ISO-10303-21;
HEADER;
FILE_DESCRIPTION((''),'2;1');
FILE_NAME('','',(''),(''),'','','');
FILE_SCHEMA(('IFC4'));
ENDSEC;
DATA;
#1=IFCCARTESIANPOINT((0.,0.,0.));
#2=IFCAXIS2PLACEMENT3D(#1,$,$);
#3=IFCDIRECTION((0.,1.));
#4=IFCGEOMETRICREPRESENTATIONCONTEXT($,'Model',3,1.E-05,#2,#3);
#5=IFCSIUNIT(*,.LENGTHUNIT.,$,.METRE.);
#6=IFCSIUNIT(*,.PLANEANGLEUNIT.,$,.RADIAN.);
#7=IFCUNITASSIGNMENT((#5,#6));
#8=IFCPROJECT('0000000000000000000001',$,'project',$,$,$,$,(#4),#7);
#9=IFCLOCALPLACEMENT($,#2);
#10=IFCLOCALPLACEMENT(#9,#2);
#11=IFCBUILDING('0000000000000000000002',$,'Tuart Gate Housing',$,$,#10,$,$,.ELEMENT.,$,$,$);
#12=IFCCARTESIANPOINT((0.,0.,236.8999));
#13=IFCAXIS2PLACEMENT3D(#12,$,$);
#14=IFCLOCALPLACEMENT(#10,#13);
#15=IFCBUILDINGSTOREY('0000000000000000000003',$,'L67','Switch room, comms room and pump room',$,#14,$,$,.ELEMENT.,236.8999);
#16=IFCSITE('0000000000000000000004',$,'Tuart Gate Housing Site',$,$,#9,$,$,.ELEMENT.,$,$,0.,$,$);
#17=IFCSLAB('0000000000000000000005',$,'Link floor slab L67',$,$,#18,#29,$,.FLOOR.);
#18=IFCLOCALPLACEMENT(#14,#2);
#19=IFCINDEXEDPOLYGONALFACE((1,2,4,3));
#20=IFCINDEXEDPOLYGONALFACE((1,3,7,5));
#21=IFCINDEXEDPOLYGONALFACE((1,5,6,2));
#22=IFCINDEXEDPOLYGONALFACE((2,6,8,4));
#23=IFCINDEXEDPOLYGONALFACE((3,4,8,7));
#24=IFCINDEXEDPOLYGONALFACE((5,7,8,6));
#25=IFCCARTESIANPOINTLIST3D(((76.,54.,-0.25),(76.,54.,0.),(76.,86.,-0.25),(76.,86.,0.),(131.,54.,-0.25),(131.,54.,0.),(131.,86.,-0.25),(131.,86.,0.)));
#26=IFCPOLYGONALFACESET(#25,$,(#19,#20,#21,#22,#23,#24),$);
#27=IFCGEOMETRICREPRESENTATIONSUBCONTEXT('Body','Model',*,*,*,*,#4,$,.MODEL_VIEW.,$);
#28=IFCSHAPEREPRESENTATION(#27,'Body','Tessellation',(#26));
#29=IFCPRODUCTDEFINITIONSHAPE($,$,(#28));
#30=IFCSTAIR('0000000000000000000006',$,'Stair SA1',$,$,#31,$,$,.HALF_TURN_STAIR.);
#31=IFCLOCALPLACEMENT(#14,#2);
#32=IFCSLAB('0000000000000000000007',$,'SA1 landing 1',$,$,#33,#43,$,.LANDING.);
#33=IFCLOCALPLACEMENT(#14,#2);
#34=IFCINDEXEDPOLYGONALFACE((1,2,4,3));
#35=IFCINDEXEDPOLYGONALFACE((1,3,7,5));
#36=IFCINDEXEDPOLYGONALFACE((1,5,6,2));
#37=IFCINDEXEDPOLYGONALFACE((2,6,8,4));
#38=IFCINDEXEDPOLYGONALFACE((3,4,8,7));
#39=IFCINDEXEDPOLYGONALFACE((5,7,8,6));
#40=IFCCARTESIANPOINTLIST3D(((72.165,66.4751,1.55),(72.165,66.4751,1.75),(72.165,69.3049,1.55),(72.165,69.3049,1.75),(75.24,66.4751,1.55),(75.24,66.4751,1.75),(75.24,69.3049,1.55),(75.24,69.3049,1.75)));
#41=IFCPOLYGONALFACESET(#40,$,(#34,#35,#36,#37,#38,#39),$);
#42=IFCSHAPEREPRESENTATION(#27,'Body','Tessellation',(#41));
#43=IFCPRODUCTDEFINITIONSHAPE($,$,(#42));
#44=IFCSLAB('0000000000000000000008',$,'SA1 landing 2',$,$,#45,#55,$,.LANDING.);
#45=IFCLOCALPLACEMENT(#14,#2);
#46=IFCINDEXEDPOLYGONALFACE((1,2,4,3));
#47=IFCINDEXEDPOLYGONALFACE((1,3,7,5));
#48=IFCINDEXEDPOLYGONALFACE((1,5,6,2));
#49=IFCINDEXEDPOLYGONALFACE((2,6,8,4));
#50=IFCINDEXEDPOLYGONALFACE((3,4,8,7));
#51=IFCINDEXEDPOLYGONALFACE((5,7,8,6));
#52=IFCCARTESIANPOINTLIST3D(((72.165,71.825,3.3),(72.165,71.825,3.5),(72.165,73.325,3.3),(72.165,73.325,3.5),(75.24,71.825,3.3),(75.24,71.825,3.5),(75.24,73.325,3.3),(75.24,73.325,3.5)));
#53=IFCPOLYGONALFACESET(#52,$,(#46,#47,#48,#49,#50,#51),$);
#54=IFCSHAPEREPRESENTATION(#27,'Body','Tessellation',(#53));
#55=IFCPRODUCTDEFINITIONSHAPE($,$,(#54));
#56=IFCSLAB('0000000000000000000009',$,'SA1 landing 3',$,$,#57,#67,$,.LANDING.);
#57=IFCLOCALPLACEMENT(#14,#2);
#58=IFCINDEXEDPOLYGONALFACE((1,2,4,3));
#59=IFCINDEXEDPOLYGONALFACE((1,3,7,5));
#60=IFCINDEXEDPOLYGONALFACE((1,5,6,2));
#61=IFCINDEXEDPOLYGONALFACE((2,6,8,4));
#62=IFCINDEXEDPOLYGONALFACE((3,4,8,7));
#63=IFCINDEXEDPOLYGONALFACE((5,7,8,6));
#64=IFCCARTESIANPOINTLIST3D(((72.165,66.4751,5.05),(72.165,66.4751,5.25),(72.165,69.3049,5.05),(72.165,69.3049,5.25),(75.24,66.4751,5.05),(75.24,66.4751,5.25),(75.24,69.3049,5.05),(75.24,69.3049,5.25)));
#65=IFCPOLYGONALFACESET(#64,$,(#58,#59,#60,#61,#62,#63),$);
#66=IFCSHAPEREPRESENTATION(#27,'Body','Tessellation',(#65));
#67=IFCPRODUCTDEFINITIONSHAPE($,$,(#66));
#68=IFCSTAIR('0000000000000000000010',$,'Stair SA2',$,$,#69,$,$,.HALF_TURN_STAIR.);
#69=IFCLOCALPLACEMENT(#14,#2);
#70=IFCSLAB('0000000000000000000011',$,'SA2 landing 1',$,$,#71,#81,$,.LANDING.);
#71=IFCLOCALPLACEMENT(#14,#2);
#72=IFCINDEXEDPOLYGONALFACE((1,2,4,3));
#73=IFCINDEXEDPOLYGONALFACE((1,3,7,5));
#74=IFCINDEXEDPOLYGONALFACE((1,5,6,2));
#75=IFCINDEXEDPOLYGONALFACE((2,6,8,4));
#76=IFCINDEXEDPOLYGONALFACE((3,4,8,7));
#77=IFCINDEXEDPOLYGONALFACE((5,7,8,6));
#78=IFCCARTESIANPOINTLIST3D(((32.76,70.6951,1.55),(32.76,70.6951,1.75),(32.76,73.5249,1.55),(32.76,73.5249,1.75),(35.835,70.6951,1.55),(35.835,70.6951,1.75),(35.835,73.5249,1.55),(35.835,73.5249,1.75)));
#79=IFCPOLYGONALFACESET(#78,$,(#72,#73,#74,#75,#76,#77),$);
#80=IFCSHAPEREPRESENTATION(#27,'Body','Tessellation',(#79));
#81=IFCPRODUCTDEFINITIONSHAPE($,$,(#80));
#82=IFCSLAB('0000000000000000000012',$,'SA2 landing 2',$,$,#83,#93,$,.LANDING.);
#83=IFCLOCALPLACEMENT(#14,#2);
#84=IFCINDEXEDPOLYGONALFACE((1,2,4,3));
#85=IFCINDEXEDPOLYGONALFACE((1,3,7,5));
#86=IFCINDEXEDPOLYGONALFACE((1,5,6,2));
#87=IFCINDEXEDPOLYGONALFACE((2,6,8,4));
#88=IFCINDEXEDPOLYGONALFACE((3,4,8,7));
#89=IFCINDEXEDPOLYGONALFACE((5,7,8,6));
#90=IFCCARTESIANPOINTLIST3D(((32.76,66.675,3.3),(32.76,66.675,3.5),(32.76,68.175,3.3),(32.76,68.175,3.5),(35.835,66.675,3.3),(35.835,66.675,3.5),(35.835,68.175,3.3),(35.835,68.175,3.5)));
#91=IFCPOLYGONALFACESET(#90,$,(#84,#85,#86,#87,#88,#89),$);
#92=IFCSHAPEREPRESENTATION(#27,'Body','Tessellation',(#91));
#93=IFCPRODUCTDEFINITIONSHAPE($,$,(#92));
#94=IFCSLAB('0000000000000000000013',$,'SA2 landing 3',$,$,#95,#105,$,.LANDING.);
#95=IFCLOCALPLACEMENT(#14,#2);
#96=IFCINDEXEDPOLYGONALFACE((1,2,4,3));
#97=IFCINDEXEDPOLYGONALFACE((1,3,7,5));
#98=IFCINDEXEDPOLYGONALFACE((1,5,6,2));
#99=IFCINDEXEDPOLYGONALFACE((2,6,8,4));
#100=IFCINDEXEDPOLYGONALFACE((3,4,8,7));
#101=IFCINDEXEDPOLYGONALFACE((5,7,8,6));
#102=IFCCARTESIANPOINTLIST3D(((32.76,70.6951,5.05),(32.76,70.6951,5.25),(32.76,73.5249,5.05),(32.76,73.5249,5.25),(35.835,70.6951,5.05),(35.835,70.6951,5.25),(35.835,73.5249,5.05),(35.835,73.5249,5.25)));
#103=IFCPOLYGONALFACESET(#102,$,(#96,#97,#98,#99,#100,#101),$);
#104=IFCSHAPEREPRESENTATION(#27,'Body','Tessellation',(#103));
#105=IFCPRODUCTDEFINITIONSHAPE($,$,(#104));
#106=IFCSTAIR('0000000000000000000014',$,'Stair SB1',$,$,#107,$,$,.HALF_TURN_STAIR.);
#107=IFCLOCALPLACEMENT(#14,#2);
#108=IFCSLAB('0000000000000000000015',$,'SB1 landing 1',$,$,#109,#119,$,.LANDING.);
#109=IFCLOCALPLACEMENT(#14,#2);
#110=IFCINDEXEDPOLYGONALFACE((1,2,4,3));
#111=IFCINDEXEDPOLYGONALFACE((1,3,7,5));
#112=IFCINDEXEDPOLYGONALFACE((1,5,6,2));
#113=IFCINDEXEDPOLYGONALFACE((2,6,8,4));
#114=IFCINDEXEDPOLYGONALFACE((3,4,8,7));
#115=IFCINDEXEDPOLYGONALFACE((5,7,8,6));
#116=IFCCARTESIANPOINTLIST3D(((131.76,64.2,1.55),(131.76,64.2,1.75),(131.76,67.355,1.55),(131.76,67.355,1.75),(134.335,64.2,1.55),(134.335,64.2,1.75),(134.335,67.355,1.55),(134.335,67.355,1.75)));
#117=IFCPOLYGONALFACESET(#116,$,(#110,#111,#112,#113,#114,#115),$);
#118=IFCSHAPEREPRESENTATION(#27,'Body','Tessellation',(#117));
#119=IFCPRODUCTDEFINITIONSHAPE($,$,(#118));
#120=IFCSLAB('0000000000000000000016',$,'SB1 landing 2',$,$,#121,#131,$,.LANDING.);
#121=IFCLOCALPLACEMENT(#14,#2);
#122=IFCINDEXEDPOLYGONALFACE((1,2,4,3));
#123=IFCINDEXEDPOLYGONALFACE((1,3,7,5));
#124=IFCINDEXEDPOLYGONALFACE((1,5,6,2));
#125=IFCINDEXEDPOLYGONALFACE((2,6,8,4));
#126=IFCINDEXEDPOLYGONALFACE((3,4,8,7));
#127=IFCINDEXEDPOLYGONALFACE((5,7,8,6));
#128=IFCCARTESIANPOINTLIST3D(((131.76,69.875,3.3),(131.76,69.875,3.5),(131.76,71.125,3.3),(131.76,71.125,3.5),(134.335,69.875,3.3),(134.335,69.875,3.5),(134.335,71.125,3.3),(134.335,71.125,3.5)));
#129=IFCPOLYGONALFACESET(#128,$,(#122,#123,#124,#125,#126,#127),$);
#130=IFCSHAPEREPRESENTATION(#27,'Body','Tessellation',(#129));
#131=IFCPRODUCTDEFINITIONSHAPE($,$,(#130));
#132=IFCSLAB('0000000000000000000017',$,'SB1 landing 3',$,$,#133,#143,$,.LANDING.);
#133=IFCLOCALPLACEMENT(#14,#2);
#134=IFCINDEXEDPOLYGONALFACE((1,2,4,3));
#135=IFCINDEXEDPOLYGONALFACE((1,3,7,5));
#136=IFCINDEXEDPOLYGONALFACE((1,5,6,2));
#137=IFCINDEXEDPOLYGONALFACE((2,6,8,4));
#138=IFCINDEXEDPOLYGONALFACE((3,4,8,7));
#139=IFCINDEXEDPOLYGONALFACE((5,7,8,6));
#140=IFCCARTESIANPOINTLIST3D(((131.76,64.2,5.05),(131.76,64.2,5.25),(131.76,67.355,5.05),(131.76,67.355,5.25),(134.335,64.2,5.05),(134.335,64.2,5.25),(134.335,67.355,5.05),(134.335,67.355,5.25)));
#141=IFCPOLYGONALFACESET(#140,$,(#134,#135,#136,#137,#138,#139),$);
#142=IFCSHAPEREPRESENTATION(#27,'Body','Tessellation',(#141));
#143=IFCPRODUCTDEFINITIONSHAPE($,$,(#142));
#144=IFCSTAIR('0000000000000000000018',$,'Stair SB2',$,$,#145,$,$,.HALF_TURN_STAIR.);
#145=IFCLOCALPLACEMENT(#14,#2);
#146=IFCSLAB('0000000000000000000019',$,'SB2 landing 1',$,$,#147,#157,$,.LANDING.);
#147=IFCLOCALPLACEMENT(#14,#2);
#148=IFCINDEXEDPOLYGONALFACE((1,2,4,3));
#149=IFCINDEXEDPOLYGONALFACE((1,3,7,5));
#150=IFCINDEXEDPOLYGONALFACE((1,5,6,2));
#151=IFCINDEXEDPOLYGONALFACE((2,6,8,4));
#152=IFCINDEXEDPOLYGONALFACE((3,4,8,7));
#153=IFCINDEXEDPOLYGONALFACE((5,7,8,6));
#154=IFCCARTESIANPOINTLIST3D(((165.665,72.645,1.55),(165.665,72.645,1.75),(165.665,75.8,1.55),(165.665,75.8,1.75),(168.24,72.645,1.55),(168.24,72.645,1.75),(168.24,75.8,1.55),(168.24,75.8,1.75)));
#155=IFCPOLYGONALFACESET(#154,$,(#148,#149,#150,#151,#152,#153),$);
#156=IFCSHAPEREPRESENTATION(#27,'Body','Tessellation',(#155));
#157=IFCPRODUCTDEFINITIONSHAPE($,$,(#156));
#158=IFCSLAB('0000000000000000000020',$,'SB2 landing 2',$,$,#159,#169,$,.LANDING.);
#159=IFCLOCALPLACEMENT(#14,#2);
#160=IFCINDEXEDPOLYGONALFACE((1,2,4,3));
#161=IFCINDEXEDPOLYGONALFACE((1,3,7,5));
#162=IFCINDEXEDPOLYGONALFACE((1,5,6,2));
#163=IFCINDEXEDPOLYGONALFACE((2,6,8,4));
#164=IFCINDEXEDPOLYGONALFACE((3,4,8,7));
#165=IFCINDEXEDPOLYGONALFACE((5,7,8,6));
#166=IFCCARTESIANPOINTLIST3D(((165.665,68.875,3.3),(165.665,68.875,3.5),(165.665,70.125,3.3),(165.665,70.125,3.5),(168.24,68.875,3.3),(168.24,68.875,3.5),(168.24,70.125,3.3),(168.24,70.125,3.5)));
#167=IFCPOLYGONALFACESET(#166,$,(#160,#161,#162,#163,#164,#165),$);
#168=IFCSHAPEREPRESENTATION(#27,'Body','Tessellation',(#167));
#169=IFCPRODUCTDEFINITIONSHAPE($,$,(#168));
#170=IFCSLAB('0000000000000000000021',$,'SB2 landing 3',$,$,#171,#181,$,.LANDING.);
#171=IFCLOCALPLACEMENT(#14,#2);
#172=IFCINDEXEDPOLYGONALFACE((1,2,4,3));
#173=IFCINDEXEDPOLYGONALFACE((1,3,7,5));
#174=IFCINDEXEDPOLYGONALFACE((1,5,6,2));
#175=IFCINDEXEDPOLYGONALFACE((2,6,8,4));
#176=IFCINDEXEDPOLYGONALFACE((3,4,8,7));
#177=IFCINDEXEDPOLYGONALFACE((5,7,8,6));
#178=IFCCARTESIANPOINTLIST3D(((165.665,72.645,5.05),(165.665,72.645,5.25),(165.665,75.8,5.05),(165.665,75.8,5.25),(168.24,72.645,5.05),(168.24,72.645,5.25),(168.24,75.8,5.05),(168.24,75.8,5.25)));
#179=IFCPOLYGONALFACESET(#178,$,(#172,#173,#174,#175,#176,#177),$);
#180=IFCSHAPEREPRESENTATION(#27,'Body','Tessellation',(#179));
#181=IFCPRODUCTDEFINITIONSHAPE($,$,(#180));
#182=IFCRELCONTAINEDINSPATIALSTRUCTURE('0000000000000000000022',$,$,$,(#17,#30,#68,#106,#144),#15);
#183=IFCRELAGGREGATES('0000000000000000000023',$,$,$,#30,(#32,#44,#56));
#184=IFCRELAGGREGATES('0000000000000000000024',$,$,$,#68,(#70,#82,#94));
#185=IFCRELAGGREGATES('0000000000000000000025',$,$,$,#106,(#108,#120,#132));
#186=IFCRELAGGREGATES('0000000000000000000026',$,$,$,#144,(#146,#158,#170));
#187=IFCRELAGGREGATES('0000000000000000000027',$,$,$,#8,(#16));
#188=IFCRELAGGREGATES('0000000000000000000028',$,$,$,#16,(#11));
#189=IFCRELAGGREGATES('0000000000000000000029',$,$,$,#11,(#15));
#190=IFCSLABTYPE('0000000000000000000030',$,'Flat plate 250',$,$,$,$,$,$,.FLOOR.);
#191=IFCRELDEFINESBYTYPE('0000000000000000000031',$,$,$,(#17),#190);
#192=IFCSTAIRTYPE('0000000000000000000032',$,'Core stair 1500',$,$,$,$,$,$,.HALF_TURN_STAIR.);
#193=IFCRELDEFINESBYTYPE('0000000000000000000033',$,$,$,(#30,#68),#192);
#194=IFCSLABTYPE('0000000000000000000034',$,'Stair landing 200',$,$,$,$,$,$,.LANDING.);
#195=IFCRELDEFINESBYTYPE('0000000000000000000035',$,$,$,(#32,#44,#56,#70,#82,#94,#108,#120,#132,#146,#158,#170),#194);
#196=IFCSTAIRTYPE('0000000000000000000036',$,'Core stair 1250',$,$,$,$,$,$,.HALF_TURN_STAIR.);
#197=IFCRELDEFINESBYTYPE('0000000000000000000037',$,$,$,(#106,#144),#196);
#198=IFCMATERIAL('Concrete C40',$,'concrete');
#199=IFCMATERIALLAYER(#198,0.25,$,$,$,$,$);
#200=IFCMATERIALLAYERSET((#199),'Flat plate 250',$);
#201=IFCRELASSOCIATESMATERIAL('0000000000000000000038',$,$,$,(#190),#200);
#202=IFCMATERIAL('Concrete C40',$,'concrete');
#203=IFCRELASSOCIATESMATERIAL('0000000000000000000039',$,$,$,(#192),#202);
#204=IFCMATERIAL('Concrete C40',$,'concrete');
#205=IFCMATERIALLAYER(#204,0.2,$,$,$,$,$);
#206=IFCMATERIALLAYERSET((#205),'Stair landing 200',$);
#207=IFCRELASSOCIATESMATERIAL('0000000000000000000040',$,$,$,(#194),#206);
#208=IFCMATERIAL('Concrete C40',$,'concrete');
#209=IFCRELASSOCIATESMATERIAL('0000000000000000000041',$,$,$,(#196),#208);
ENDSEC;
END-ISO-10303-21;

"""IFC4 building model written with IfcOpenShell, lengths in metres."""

from ifc_helpers import new_model, si_unit, direction, frame, origin, place, context, subcontext, project, spatial, polyline, outline, extrude, material, layer, layer_set, type_object, element, aggregate, save


model = new_model("IFC4")

# Units and contexts
model_context = context("Model", 3, precision=1e-05, world=origin(), true_north=direction((0.0, 1.0)))
body_context = subcontext(model_context, "Body", "Model", "MODEL_VIEW")
ifc_project = project(units=[si_unit("LENGTHUNIT", "METRE"), si_unit("PLANEANGLEUNIT", "RADIAN")], contexts=[model_context])

# Site, building, storey
site_placement = place(None, origin())
site = spatial("IfcSite", under=ifc_project, at=site_placement, Name="Tuart Gate Housing Site", CompositionType="ELEMENT", RefElevation=0.0)
building_placement = place(site_placement, origin())
building = spatial("IfcBuilding", under=site, at=building_placement, Name="Tuart Gate Housing", CompositionType="ELEMENT")
storey_placement = place(building_placement, frame((0.0, 0.0, 236.8999)))
storey = spatial("IfcBuildingStorey", under=building, at=storey_placement, Name="L67", Description="Switch room, comms room and pump room", CompositionType="ELEMENT", Elevation=236.8999)

# Slab
ifc_material_1 = material(Name="Concrete C40", Category="concrete")
ifc_layer_1 = layer(ifc_material_1, 0.25)
ifc_layer_set_1 = layer_set([ifc_layer_1], Name="Flat plate 250")
slab_type_1 = type_object("IfcSlabType", Name="Flat plate 250", PredefinedType="FLOOR", material=ifc_layer_set_1)
slab_1_placement = place(storey_placement, frame((0.0, 0.0, -0.25)))
element("IfcSlab", 1, at=slab_1_placement, inside=storey, type_object=slab_type_1, Name="Link floor slab L67", PredefinedType="FLOOR", context=body_context, shape_type="SweptSolid", body=[
    extrude(outline(polyline([(76.0, 54.0), (131.0, 54.0), (131.0, 86.0), (76.0, 86.0), (76.0, 54.0)])), origin(), (0.0, 0.0, 1.0), 0.25),
])

# Stairs, slabs
ifc_material_2 = material(Name="Concrete C40", Category="concrete")
stair_type_1 = type_object("IfcStairType", Name="Core stair 1500", PredefinedType="HALF_TURN_STAIR", material=ifc_material_2)
stair_1_placement = place(storey_placement, origin())
stair_1 = element("IfcStair", 2, at=stair_1_placement, inside=storey, type_object=stair_type_1, Name="Stair SA1", PredefinedType="HALF_TURN_STAIR")
ifc_material_3 = material(Name="Concrete C40", Category="concrete")
ifc_layer_2 = layer(ifc_material_3, 0.2)
ifc_layer_set_2 = layer_set([ifc_layer_2], Name="Stair landing 200")
slab_type_2 = type_object("IfcSlabType", Name="Stair landing 200", PredefinedType="LANDING", material=ifc_layer_set_2)
slab_2_placement = place(storey_placement, frame((0.0, 0.0, 1.55)))
slab_2 = element("IfcSlab", 3, at=slab_2_placement, type_object=slab_type_2, Name="SA1 landing 1", PredefinedType="LANDING", context=body_context, shape_type="SweptSolid", body=[
    extrude(outline(polyline([(72.165, 66.4751), (75.24, 66.4751), (75.24, 69.3049), (72.165, 69.3049), (72.165, 66.4751)])), origin(), (0.0, 0.0, 1.0), 0.2),
])
slab_3_placement = place(storey_placement, frame((0.0, 0.0, 3.3)))
slab_3 = element("IfcSlab", 4, at=slab_3_placement, type_object=slab_type_2, Name="SA1 landing 2", PredefinedType="LANDING", context=body_context, shape_type="SweptSolid", body=[
    extrude(outline(polyline([(72.165, 73.325), (72.165, 71.825), (75.24, 71.825), (75.24, 73.325), (72.165, 73.325)])), origin(), (0.0, 0.0, 1.0), 0.2),
])
slab_4_placement = place(storey_placement, frame((0.0, 0.0, 5.05)))
slab_4 = element("IfcSlab", 5, at=slab_4_placement, type_object=slab_type_2, Name="SA1 landing 3", PredefinedType="LANDING", context=body_context, shape_type="SweptSolid", body=[
    extrude(outline(polyline([(72.165, 66.4751), (75.24, 66.4751), (75.24, 69.3049), (72.165, 69.3049), (72.165, 66.4751)])), origin(), (0.0, 0.0, 1.0), 0.2),
])
aggregate(stair_1, [slab_2, slab_3, slab_4])
stair_2_placement = place(storey_placement, origin())
stair_2 = element("IfcStair", 6, at=stair_2_placement, inside=storey, type_object=stair_type_1, Name="Stair SA2", PredefinedType="HALF_TURN_STAIR")
slab_5_placement = place(storey_placement, frame((0.0, 0.0, 1.55)))
slab_5 = element("IfcSlab", 7, at=slab_5_placement, type_object=slab_type_2, Name="SA2 landing 1", PredefinedType="LANDING", context=body_context, shape_type="SweptSolid", body=[
    extrude(outline(polyline([(35.835, 73.5249), (32.76, 73.5249), (32.76, 70.6951), (35.835, 70.6951), (35.835, 73.5249)])), origin(), (0.0, 0.0, 1.0), 0.2),
])
slab_6_placement = place(storey_placement, frame((0.0, 0.0, 3.3)))
slab_6 = element("IfcSlab", 8, at=slab_6_placement, type_object=slab_type_2, Name="SA2 landing 2", PredefinedType="LANDING", context=body_context, shape_type="SweptSolid", body=[
    extrude(outline(polyline([(35.835, 66.675), (35.835, 68.175), (32.76, 68.175), (32.76, 66.675), (35.835, 66.675)])), origin(), (0.0, 0.0, 1.0), 0.2),
])
slab_7_placement = place(storey_placement, frame((0.0, 0.0, 5.05)))
slab_7 = element("IfcSlab", 9, at=slab_7_placement, type_object=slab_type_2, Name="SA2 landing 3", PredefinedType="LANDING", context=body_context, shape_type="SweptSolid", body=[
    extrude(outline(polyline([(35.835, 73.5249), (32.76, 73.5249), (32.76, 70.6951), (35.835, 70.6951), (35.835, 73.5249)])), origin(), (0.0, 0.0, 1.0), 0.2),
])
aggregate(stair_2, [slab_5, slab_6, slab_7])
ifc_material_4 = material(Name="Concrete C40", Category="concrete")
stair_type_2 = type_object("IfcStairType", Name="Core stair 1250", PredefinedType="HALF_TURN_STAIR", material=ifc_material_4)
stair_3_placement = place(storey_placement, origin())
stair_3 = element("IfcStair", 10, at=stair_3_placement, inside=storey, type_object=stair_type_2, Name="Stair SB1", PredefinedType="HALF_TURN_STAIR")
slab_8_placement = place(storey_placement, frame((0.0, 0.0, 1.55)))
slab_8 = element("IfcSlab", 11, at=slab_8_placement, type_object=slab_type_2, Name="SB1 landing 1", PredefinedType="LANDING", context=body_context, shape_type="SweptSolid", body=[
    extrude(outline(polyline([(134.335, 67.355), (131.76, 67.355), (131.76, 64.2), (134.335, 64.2), (134.335, 67.355)])), origin(), (0.0, 0.0, 1.0), 0.2),
])
slab_9_placement = place(storey_placement, frame((0.0, 0.0, 3.3)))
slab_9 = element("IfcSlab", 12, at=slab_9_placement, type_object=slab_type_2, Name="SB1 landing 2", PredefinedType="LANDING", context=body_context, shape_type="SweptSolid", body=[
    extrude(outline(polyline([(131.76, 71.125), (131.76, 69.875), (134.335, 69.875), (134.335, 71.125), (131.76, 71.125)])), origin(), (0.0, 0.0, 1.0), 0.2),
])
slab_10_placement = place(storey_placement, frame((0.0, 0.0, 5.05)))
slab_10 = element("IfcSlab", 13, at=slab_10_placement, type_object=slab_type_2, Name="SB1 landing 3", PredefinedType="LANDING", context=body_context, shape_type="SweptSolid", body=[
    extrude(outline(polyline([(134.335, 67.355), (131.76, 67.355), (131.76, 64.2), (134.335, 64.2), (134.335, 67.355)])), origin(), (0.0, 0.0, 1.0), 0.2),
])
aggregate(stair_3, [slab_8, slab_9, slab_10])
stair_4_placement = place(storey_placement, origin())
stair_4 = element("IfcStair", 14, at=stair_4_placement, inside=storey, type_object=stair_type_2, Name="Stair SB2", PredefinedType="HALF_TURN_STAIR")
slab_11_placement = place(storey_placement, frame((0.0, 0.0, 1.55)))
slab_11 = element("IfcSlab", 15, at=slab_11_placement, type_object=slab_type_2, Name="SB2 landing 1", PredefinedType="LANDING", context=body_context, shape_type="SweptSolid", body=[
    extrude(outline(polyline([(165.665, 72.645), (168.24, 72.645), (168.24, 75.8), (165.665, 75.8), (165.665, 72.645)])), origin(), (0.0, 0.0, 1.0), 0.2),
])
slab_12_placement = place(storey_placement, frame((0.0, 0.0, 3.3)))
slab_12 = element("IfcSlab", 16, at=slab_12_placement, type_object=slab_type_2, Name="SB2 landing 2", PredefinedType="LANDING", context=body_context, shape_type="SweptSolid", body=[
    extrude(outline(polyline([(168.24, 68.875), (168.24, 70.125), (165.665, 70.125), (165.665, 68.875), (168.24, 68.875)])), origin(), (0.0, 0.0, 1.0), 0.2),
])
slab_13_placement = place(storey_placement, frame((0.0, 0.0, 5.05)))
slab_13 = element("IfcSlab", 17, at=slab_13_placement, type_object=slab_type_2, Name="SB2 landing 3", PredefinedType="LANDING", context=body_context, shape_type="SweptSolid", body=[
    extrude(outline(polyline([(165.665, 72.645), (168.24, 72.645), (168.24, 75.8), (165.665, 75.8), (165.665, 72.645)])), origin(), (0.0, 0.0, 1.0), 0.2),
])
aggregate(stair_4, [slab_11, slab_12, slab_13])

save(model, "model.ifc")
